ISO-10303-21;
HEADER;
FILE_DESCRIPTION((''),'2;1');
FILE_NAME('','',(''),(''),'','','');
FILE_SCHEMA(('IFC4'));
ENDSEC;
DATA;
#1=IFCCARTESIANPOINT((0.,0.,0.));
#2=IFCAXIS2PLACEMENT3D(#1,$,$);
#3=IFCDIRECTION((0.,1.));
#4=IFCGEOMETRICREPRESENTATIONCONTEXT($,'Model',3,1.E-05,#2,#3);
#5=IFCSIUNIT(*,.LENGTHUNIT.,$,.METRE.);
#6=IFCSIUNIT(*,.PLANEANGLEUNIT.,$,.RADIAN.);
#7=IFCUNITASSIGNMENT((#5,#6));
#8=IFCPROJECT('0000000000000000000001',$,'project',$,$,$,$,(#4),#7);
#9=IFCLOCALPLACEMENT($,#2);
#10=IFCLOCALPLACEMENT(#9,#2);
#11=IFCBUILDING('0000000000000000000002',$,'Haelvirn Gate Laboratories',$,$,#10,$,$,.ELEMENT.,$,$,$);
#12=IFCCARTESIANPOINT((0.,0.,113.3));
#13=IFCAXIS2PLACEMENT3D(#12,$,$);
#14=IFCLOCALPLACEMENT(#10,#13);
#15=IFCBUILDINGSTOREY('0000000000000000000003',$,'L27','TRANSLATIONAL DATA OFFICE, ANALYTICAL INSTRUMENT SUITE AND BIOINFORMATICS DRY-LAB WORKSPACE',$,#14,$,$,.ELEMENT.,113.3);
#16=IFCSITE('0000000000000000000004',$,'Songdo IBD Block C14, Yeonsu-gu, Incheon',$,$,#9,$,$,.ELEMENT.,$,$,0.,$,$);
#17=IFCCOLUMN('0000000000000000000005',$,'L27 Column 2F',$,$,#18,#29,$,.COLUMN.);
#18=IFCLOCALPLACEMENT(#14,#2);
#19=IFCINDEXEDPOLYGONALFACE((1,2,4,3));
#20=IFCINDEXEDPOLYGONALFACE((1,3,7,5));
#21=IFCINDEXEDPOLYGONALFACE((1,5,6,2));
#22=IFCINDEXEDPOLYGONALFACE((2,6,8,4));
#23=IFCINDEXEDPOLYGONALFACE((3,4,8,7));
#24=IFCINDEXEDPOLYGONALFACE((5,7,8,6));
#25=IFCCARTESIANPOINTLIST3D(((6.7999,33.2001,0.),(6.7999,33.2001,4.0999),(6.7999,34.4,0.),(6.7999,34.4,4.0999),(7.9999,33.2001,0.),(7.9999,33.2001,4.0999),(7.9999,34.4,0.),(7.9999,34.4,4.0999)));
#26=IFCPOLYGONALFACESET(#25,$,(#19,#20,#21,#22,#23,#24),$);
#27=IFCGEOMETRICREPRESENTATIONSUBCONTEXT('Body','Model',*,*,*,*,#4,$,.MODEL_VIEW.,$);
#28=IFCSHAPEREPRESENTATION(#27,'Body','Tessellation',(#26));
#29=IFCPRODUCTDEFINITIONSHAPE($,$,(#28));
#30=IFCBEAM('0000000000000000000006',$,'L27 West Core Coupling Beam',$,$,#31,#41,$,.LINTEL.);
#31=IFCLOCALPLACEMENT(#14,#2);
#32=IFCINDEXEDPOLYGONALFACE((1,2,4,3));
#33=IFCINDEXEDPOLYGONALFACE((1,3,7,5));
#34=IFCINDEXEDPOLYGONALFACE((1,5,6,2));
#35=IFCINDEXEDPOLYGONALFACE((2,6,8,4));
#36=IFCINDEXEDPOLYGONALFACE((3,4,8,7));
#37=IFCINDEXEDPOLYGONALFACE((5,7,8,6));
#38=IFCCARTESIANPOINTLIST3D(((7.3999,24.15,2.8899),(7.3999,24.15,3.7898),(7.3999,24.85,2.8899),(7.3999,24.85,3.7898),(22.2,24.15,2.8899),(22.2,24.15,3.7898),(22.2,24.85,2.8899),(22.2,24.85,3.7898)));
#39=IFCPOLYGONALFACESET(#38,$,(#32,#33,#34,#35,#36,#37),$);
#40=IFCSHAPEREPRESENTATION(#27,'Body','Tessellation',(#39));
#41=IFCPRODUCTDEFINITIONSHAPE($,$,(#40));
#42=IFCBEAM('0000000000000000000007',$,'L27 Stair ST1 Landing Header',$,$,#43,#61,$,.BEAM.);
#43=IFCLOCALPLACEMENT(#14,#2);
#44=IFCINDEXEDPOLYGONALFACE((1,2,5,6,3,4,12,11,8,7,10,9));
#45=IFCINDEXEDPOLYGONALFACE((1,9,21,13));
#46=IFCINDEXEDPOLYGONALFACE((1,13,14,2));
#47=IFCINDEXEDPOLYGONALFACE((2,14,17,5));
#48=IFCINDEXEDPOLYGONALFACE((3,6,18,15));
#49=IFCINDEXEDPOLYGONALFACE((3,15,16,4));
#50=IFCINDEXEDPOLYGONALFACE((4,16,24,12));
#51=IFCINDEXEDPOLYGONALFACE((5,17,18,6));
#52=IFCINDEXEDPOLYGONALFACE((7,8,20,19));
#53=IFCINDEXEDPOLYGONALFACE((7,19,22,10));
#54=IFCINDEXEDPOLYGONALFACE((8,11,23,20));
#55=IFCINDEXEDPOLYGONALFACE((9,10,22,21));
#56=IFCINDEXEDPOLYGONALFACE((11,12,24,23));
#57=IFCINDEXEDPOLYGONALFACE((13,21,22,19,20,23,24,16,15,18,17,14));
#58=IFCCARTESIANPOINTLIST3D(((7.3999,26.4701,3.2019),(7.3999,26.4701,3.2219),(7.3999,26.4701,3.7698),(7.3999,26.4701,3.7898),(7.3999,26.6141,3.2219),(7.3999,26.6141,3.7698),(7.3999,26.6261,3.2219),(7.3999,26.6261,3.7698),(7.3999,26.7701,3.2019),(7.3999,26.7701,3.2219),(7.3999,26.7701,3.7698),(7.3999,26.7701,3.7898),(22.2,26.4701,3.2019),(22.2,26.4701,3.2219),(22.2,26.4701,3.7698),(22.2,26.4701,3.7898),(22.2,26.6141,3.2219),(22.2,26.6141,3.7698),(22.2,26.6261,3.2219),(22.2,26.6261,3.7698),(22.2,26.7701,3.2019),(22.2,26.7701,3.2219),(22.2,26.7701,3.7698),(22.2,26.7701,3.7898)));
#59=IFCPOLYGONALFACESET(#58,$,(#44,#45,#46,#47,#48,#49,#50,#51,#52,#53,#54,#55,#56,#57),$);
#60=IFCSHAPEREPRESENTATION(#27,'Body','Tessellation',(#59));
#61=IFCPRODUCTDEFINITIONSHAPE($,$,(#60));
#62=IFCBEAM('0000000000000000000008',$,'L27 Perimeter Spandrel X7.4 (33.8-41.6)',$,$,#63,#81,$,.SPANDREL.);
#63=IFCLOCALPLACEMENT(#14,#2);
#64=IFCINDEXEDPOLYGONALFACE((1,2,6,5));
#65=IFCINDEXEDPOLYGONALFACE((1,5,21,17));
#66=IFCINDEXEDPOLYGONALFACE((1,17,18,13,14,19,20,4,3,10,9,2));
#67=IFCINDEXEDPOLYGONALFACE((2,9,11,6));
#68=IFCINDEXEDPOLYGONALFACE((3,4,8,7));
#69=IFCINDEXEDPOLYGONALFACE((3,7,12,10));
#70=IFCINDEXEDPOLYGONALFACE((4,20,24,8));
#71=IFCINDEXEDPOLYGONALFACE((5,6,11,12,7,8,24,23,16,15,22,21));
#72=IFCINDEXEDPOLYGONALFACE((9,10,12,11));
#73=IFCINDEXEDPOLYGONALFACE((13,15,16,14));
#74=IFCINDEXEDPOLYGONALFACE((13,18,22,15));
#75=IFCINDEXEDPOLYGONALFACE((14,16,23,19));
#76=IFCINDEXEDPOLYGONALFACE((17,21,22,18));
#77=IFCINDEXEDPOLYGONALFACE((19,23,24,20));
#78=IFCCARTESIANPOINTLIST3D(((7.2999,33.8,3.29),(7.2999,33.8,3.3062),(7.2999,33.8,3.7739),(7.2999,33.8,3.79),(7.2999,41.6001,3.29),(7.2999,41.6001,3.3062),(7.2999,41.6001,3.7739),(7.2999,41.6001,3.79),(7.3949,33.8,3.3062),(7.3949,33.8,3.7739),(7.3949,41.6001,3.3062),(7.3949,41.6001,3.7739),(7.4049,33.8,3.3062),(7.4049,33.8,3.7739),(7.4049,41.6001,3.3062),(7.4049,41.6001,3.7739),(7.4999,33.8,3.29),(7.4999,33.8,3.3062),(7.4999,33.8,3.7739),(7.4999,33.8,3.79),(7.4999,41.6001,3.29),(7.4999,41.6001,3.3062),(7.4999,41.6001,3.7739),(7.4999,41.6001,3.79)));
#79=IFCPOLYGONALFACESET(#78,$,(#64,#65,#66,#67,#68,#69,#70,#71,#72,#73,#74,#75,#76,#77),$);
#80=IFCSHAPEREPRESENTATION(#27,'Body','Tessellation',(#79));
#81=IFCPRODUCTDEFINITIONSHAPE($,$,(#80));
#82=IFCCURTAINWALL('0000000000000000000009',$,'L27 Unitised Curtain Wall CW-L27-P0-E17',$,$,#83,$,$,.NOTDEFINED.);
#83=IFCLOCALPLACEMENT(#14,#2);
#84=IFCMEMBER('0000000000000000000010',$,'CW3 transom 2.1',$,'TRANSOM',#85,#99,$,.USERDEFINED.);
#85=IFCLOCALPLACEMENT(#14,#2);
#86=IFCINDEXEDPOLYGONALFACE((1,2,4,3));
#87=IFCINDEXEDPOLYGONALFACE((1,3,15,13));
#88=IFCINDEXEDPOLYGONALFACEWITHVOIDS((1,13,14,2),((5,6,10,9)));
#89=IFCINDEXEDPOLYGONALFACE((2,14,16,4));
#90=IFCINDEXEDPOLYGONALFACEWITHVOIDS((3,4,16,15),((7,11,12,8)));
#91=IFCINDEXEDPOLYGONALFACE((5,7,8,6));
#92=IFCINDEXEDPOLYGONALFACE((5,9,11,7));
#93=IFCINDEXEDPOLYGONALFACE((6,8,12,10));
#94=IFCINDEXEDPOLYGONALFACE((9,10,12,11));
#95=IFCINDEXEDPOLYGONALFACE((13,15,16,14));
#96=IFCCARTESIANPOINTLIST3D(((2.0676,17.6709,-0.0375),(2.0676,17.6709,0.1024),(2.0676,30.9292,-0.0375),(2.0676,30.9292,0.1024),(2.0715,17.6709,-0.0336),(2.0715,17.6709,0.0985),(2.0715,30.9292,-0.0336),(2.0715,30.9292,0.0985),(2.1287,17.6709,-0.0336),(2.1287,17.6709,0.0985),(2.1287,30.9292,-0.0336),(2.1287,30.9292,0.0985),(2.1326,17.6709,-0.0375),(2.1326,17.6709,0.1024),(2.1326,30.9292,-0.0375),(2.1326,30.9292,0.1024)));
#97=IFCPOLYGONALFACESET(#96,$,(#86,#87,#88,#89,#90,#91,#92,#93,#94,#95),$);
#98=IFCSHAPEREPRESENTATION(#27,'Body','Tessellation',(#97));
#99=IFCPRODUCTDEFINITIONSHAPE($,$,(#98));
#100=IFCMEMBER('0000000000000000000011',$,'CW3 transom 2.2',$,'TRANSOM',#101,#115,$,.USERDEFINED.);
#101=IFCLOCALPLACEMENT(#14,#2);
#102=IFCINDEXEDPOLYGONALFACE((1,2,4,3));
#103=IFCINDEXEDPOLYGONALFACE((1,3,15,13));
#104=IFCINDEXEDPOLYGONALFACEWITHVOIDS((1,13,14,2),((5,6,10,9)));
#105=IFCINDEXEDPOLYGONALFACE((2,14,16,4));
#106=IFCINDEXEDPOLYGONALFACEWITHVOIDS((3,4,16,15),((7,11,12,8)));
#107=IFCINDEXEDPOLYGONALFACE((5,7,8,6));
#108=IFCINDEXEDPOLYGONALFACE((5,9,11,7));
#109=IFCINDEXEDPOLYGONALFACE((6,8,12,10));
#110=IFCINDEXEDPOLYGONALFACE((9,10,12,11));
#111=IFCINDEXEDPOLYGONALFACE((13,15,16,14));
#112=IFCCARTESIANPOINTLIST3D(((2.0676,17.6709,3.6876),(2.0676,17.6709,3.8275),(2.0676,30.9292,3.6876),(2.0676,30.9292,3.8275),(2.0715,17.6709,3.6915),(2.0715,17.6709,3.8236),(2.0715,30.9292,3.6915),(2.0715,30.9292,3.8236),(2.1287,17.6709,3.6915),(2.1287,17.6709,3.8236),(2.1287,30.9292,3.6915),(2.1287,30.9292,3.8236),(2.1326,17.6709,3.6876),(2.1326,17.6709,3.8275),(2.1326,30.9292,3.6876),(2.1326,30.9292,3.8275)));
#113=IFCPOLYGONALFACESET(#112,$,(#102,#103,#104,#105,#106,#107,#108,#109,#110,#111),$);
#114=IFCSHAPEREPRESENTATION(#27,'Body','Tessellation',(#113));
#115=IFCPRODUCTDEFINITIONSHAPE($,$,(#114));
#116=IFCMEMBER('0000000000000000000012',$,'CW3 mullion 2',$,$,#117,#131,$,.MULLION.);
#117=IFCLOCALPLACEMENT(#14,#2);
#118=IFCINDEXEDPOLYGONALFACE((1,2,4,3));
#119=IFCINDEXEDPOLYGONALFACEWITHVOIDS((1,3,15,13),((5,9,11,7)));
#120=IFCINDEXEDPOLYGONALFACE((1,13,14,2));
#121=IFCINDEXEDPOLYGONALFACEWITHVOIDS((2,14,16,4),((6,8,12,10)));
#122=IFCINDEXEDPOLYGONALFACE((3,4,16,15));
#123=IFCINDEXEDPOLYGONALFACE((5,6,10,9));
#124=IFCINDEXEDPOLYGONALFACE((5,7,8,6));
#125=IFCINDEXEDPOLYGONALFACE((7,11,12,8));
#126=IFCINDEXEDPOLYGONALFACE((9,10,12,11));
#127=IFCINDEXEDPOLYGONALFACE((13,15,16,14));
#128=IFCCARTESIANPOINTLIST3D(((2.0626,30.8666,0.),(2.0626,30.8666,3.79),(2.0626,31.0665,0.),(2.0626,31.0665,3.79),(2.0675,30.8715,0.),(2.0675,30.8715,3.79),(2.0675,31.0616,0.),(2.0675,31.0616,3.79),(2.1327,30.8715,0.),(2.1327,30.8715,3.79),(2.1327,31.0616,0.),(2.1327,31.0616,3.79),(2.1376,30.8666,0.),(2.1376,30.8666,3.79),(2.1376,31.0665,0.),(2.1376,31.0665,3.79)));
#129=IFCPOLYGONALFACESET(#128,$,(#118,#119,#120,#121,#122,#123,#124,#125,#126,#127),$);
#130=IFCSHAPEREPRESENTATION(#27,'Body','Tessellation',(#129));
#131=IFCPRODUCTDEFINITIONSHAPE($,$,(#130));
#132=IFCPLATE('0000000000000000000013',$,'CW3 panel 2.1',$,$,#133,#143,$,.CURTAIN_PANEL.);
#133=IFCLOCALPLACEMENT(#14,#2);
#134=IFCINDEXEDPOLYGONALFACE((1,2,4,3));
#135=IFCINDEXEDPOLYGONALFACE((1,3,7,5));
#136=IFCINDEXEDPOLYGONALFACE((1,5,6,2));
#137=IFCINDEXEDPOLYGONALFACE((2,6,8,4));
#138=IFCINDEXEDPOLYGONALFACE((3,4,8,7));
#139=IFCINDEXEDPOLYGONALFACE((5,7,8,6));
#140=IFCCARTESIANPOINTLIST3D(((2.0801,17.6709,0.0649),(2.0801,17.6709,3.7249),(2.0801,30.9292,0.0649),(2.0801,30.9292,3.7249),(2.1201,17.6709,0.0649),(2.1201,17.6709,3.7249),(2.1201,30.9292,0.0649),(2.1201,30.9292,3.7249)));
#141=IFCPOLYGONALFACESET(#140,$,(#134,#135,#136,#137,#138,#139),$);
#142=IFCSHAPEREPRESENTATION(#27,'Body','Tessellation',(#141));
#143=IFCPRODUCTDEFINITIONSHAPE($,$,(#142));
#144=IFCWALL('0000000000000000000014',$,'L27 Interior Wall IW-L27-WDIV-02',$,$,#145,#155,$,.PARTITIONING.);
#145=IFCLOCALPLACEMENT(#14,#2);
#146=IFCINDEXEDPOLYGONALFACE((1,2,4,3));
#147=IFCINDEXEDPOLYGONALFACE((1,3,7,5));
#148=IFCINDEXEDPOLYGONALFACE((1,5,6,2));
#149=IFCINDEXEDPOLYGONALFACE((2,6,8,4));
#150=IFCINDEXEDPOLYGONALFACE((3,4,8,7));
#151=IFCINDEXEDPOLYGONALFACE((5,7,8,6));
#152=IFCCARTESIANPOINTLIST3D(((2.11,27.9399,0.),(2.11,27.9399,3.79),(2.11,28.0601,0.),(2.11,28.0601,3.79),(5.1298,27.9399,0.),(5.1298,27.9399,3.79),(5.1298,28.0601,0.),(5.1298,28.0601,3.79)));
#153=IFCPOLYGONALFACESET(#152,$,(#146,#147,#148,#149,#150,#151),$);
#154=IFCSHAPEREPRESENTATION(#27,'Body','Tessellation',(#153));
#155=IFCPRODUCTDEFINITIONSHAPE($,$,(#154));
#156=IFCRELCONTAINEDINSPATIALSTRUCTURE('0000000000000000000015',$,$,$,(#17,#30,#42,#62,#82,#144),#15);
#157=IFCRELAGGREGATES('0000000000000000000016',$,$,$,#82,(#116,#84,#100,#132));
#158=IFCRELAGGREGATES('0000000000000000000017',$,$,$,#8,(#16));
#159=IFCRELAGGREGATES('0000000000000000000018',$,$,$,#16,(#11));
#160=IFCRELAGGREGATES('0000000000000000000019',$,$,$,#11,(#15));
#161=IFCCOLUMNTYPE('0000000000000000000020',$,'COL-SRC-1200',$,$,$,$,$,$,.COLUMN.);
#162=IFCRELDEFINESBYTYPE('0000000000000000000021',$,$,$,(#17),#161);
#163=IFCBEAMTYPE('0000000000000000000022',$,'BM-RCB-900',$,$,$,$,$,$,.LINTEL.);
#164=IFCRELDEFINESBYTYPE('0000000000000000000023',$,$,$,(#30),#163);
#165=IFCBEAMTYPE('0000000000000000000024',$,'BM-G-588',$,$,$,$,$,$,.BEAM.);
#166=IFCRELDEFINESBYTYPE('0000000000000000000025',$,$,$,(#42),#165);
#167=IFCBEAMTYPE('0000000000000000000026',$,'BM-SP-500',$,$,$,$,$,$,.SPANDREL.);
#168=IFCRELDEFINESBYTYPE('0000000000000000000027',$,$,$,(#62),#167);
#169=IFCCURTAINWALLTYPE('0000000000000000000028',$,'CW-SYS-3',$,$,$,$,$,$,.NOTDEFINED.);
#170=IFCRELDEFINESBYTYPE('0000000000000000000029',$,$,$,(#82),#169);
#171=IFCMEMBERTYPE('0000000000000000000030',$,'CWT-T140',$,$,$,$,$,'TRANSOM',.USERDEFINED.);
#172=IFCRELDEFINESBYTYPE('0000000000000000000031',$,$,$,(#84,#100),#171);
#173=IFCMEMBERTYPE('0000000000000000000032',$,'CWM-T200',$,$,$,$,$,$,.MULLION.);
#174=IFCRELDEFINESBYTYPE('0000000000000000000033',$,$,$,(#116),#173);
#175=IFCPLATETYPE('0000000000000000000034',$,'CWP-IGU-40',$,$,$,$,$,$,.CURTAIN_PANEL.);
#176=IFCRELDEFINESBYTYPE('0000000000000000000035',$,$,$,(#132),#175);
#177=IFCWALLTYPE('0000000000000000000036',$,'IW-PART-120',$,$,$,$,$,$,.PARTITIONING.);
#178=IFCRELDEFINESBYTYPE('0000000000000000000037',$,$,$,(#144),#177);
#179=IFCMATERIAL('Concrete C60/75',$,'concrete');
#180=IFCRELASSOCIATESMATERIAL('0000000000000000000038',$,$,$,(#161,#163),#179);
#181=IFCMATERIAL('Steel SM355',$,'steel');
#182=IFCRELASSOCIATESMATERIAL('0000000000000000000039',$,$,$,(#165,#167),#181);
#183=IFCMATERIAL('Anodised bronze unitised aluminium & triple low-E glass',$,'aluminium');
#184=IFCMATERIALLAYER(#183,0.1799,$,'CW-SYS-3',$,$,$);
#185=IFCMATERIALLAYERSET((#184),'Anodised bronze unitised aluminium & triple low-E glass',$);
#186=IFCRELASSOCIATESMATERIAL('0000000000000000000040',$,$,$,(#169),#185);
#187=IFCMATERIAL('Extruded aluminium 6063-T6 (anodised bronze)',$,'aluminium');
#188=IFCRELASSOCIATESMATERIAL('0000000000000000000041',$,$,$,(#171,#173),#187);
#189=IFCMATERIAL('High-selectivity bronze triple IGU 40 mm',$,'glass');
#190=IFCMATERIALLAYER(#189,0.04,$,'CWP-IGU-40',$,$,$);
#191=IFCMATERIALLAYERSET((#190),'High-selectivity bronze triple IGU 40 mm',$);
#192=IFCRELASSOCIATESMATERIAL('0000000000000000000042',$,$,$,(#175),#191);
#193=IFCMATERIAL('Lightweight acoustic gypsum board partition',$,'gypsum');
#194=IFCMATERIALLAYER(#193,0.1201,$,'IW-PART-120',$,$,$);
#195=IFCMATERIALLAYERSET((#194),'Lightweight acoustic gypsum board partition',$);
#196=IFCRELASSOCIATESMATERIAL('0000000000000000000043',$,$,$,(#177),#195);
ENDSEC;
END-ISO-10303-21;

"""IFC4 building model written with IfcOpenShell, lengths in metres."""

from ifc_helpers import new_model, si_unit, direction, frame, frame_2d, origin, origin_2d, place, context, subcontext, project, spatial, rectangle, hollow_rectangle, i_section, extrude, source, transform, mapped, material, layer, layer_set, material_profile, profile_set, type_object, type_shapes, element, aggregate, save


model = new_model("IFC4")

# Units and contexts
model_context = context("Model", 3, precision=1e-05, world=origin(), true_north=direction((0.0, 1.0)))
body_context = subcontext(model_context, "Body", "Model", "MODEL_VIEW")
ifc_project = project(units=[si_unit("LENGTHUNIT", "METRE"), si_unit("PLANEANGLEUNIT", "RADIAN")], contexts=[model_context])

# Site, building, storey
site_placement = place(None, origin())
site = spatial("IfcSite", under=ifc_project, at=site_placement, Name="Songdo IBD Block C14, Yeonsu-gu, Incheon", CompositionType="ELEMENT", RefElevation=0.0)
building_placement = place(site_placement, origin())
building = spatial("IfcBuilding", under=site, at=building_placement, Name="Haelvirn Gate Laboratories", CompositionType="ELEMENT")
storey_placement = place(building_placement, frame((0.0, 0.0, 113.3)))
storey = spatial("IfcBuildingStorey", under=building, at=storey_placement, Name="L27", Description="TRANSLATIONAL DATA OFFICE, ANALYTICAL INSTRUMENT SUITE AND BIOINFORMATICS DRY-LAB WORKSPACE", CompositionType="ELEMENT", Elevation=113.3)

# Column
ifc_material_1 = material(Name="Concrete C60/75", Category="concrete")
ifc_material_profile_1 = material_profile(ifc_material_1, rectangle(XDim=1.2, YDim=1.2, at=origin_2d()), Name="SRC-1200x1200")
ifc_profile_set_1 = profile_set([ifc_material_profile_1], Name="Concrete C60/75")
column_type = type_object("IfcColumnType", Name="COL-SRC-1200", PredefinedType="COLUMN", material=ifc_profile_set_1)
shared_shape_1 = source(origin(), body_context, "Body", "SweptSolid", [
    extrude(rectangle(XDim=1.2, YDim=1.2, at=origin_2d()), origin(), (0.0, 0.0, 1.0), 4.0999),
])
type_shapes(column_type, [shared_shape_1])
column_placement = place(storey_placement, frame((7.3999, 33.8, 0.0), z_axis=(0.0, 0.0, 1.0), x_axis=(1.0, 0.0, 0.0)))
element("IfcColumn", 1, at=column_placement, inside=storey, type_object=column_type, Name="L27 Column 2F", PredefinedType="COLUMN", context=body_context, shape_type="MappedRepresentation", body=[
    mapped(shared_shape_1, transform((0.0, 0.0, 0.0), scale=1.0)),
])

# Beams
ifc_material_profile_2 = material_profile(ifc_material_1, rectangle(XDim=0.7, YDim=0.8999, at=origin_2d()), Name="RCB-700x900")
ifc_profile_set_2 = profile_set([ifc_material_profile_2], Name="Concrete C60/75")
beam_type_1 = type_object("IfcBeamType", Name="BM-RCB-900", PredefinedType="LINTEL", material=ifc_profile_set_2)
shared_shape_2 = source(origin(), body_context, "Body", "SweptSolid", [
    extrude(rectangle(XDim=0.7, YDim=0.8999, at=origin_2d()), origin(), (0.0, 0.0, 1.0), 14.8),
])
type_shapes(beam_type_1, [shared_shape_2])
beam_1_placement = place(storey_placement, frame((7.3999, 24.5, 3.3398), z_axis=(1.0, 0.0, 0.0), x_axis=(0.0, 1.0, 0.0)))
element("IfcBeam", 2, at=beam_1_placement, inside=storey, type_object=beam_type_1, Name="L27 West Core Coupling Beam", PredefinedType="LINTEL", context=body_context, shape_type="MappedRepresentation", body=[
    mapped(shared_shape_2, transform((0.0, 0.0, 0.0), scale=1.0)),
])
ifc_material_2 = material(Name="Steel SM355", Category="steel")
ifc_material_profile_3 = material_profile(ifc_material_2, i_section(OverallWidth=0.3, OverallDepth=0.5879, WebThickness=0.012, FlangeThickness=0.02, at=origin_2d()), Name="H-588x300x12x20")
ifc_profile_set_3 = profile_set([ifc_material_profile_3], Name="Steel SM355")
beam_type_2 = type_object("IfcBeamType", Name="BM-G-588", PredefinedType="BEAM", material=ifc_profile_set_3)
shared_shape_3 = source(origin(), body_context, "Body", "SweptSolid", [
    extrude(i_section(OverallWidth=0.3, OverallDepth=0.5879, WebThickness=0.012, FlangeThickness=0.02, at=origin_2d()), origin(), (0.0, 0.0, 1.0), 14.8),
])
type_shapes(beam_type_2, [shared_shape_3])
beam_2_placement = place(storey_placement, frame((7.3999, 26.6201, 3.4958), z_axis=(1.0, 0.0, 0.0), x_axis=(0.0, 1.0, 0.0)))
element("IfcBeam", 3, at=beam_2_placement, inside=storey, type_object=beam_type_2, Name="L27 Stair ST1 Landing Header", PredefinedType="BEAM", context=body_context, shape_type="MappedRepresentation", body=[
    mapped(shared_shape_3, transform((0.0, 0.0, 0.0), scale=1.0)),
])
ifc_material_profile_4 = material_profile(ifc_material_2, i_section(OverallWidth=0.2, OverallDepth=0.5, WebThickness=0.01, FlangeThickness=0.0161, at=origin_2d()), Name="H-500x200x10x16")
ifc_profile_set_4 = profile_set([ifc_material_profile_4], Name="Steel SM355")
beam_type_3 = type_object("IfcBeamType", Name="BM-SP-500", PredefinedType="SPANDREL", material=ifc_profile_set_4)
shared_shape_4 = source(origin(), body_context, "Body", "SweptSolid", [
    extrude(i_section(OverallWidth=0.2, OverallDepth=0.5, WebThickness=0.01, FlangeThickness=0.0161, at=origin_2d()), origin(), (0.0, 0.0, 1.0), 7.8),
])
type_shapes(beam_type_3, [shared_shape_4])
beam_3_placement = place(storey_placement, frame((7.3999, 33.8, 3.54), z_axis=(0.0, 1.0, 0.0), x_axis=(-1.0, 0.0, 0.0)))
element("IfcBeam", 4, at=beam_3_placement, inside=storey, type_object=beam_type_3, Name="L27 Perimeter Spandrel X7.4 (33.8-41.6)", PredefinedType="SPANDREL", context=body_context, shape_type="MappedRepresentation", body=[
    mapped(shared_shape_4, transform((0.0, 0.0, 0.0), scale=1.0)),
])

# Curtain wall, members, plate
ifc_material_3 = material(Name="Anodised bronze unitised aluminium & triple low-E glass", Category="aluminium")
ifc_layer_1 = layer(ifc_material_3, 0.1799, Name="CW-SYS-3")
ifc_layer_set_1 = layer_set([ifc_layer_1], Name="Anodised bronze unitised aluminium & triple low-E glass")
curtain_wall_type = type_object("IfcCurtainWallType", Name="CW-SYS-3", PredefinedType="NOTDEFINED", material=ifc_layer_set_1)
curtain_wall_placement = place(storey_placement, origin())
curtain_wall = element("IfcCurtainWall", 5, at=curtain_wall_placement, inside=storey, type_object=curtain_wall_type, Name="L27 Unitised Curtain Wall CW-L27-P0-E17", PredefinedType="NOTDEFINED")
ifc_material_4 = material(Name="Extruded aluminium 6063-T6 (anodised bronze)", Category="aluminium")
ifc_material_profile_5 = material_profile(ifc_material_4, hollow_rectangle(XDim=0.0649, YDim=0.1399, WallThickness=0.0039, at=origin_2d()), Name="CWT-140x65x4")
ifc_profile_set_5 = profile_set([ifc_material_profile_5], Name="Extruded aluminium 6063-T6 (anodised bronze)")
member_type_1 = type_object("IfcMemberType", Name="CWT-T140", ElementType="TRANSOM", PredefinedType="USERDEFINED", material=ifc_profile_set_5)
shared_shape_5 = source(origin(), body_context, "Body", "SweptSolid", [
    extrude(hollow_rectangle(XDim=0.0649, YDim=0.1399, WallThickness=0.0039, at=origin_2d()), origin(), (0.0, 0.0, 1.0), 13.2583),
])
type_shapes(member_type_1, [shared_shape_5])
member_1_placement = place(storey_placement, frame((2.1001, 30.9292, 0.0325), z_axis=(0.0, -1.0, 0.0), x_axis=(1.0, 0.0, 0.0)))
member_1 = element("IfcMember", 6, at=member_1_placement, type_object=member_type_1, Name="CW3 transom 2.1", ObjectType="TRANSOM", PredefinedType="USERDEFINED", context=body_context, shape_type="MappedRepresentation", body=[
    mapped(shared_shape_5, transform((0.0, 0.0, 0.0), scale=1.0)),
])
member_2_placement = place(storey_placement, frame((2.1001, 30.9292, 3.7576), z_axis=(0.0, -1.0, 0.0), x_axis=(1.0, 0.0, 0.0)))
member_2 = element("IfcMember", 7, at=member_2_placement, type_object=member_type_1, Name="CW3 transom 2.2", ObjectType="TRANSOM", PredefinedType="USERDEFINED", context=body_context, shape_type="MappedRepresentation", body=[
    mapped(shared_shape_5, transform((0.0, 0.0, 0.0), scale=1.0)),
])
ifc_material_profile_6 = material_profile(ifc_material_4, hollow_rectangle(XDim=0.075, YDim=0.2, WallThickness=0.0049, at=origin_2d()), Name="CWM-200x75x5")
ifc_profile_set_6 = profile_set([ifc_material_profile_6], Name="Extruded aluminium 6063-T6 (anodised bronze)")
member_type_2 = type_object("IfcMemberType", Name="CWM-T200", PredefinedType="MULLION", material=ifc_profile_set_6)
shared_shape_6 = source(origin(), body_context, "Body", "SweptSolid", [
    extrude(hollow_rectangle(XDim=0.075, YDim=0.2, WallThickness=0.0049, at=origin_2d()), origin(), (0.0, 0.0, 1.0), 3.79),
])
type_shapes(member_type_2, [shared_shape_6])
member_3_placement = place(storey_placement, frame((2.1001, 30.9666, 0.0), z_axis=(0.0, 0.0, 1.0), x_axis=(1.0, 0.0, 0.0)))
member_3 = element("IfcMember", 8, at=member_3_placement, type_object=member_type_2, Name="CW3 mullion 2", PredefinedType="MULLION", context=body_context, shape_type="MappedRepresentation", body=[
    mapped(shared_shape_6, transform((0.0, 0.0, 0.0), scale=1.0)),
])
ifc_material_5 = material(Name="High-selectivity bronze triple IGU 40 mm", Category="glass")
ifc_layer_2 = layer(ifc_material_5, 0.04, Name="CWP-IGU-40")
ifc_layer_set_2 = layer_set([ifc_layer_2], Name="High-selectivity bronze triple IGU 40 mm")
plate_type = type_object("IfcPlateType", Name="CWP-IGU-40", PredefinedType="CURTAIN_PANEL", material=ifc_layer_set_2)
shared_shape_7 = source(origin(), body_context, "Body", "SweptSolid", [
    extrude(rectangle(XDim=13.2583, YDim=0.04, at=origin_2d()), origin(), (0.0, 0.0, 1.0), 3.6599),
])
type_shapes(plate_type, [shared_shape_7])
plate_placement = place(storey_placement, frame((2.1001, 24.3, 0.0649), z_axis=(0.0, 0.0, 1.0), x_axis=(0.0, -1.0, 0.0)))
plate = element("IfcPlate", 9, at=plate_placement, type_object=plate_type, Name="CW3 panel 2.1", PredefinedType="CURTAIN_PANEL", context=body_context, shape_type="MappedRepresentation", body=[
    mapped(shared_shape_7, transform((0.0, 0.0, 0.0), scale=1.0)),
])
aggregate(curtain_wall, [member_3, member_1, member_2, plate])

# Wall
ifc_material_6 = material(Name="Lightweight acoustic gypsum board partition", Category="gypsum")
ifc_layer_3 = layer(ifc_material_6, 0.1201, Name="IW-PART-120")
ifc_layer_set_3 = layer_set([ifc_layer_3], Name="Lightweight acoustic gypsum board partition")
wall_type_1 = type_object("IfcWallType", Name="IW-PART-120", PredefinedType="PARTITIONING", material=ifc_layer_set_3)
wall_1_placement = place(storey_placement, frame((2.1101, 28.0, 0.0), z_axis=(0.0, 0.0, 1.0), x_axis=(1.0, 0.0, 0.0)))
element("IfcWall", 10, at=wall_1_placement, inside=storey, type_object=wall_type_1, Name="L27 Interior Wall IW-L27-WDIV-02", PredefinedType="PARTITIONING", context=body_context, shape_type="SweptSolid", body=[
    extrude(rectangle(XDim=3.0198, YDim=0.1201, at=frame_2d((1.5098, 0.0))), origin(), (0.0, 0.0, 1.0), 3.79),
])

save(model, "model.ifc")
